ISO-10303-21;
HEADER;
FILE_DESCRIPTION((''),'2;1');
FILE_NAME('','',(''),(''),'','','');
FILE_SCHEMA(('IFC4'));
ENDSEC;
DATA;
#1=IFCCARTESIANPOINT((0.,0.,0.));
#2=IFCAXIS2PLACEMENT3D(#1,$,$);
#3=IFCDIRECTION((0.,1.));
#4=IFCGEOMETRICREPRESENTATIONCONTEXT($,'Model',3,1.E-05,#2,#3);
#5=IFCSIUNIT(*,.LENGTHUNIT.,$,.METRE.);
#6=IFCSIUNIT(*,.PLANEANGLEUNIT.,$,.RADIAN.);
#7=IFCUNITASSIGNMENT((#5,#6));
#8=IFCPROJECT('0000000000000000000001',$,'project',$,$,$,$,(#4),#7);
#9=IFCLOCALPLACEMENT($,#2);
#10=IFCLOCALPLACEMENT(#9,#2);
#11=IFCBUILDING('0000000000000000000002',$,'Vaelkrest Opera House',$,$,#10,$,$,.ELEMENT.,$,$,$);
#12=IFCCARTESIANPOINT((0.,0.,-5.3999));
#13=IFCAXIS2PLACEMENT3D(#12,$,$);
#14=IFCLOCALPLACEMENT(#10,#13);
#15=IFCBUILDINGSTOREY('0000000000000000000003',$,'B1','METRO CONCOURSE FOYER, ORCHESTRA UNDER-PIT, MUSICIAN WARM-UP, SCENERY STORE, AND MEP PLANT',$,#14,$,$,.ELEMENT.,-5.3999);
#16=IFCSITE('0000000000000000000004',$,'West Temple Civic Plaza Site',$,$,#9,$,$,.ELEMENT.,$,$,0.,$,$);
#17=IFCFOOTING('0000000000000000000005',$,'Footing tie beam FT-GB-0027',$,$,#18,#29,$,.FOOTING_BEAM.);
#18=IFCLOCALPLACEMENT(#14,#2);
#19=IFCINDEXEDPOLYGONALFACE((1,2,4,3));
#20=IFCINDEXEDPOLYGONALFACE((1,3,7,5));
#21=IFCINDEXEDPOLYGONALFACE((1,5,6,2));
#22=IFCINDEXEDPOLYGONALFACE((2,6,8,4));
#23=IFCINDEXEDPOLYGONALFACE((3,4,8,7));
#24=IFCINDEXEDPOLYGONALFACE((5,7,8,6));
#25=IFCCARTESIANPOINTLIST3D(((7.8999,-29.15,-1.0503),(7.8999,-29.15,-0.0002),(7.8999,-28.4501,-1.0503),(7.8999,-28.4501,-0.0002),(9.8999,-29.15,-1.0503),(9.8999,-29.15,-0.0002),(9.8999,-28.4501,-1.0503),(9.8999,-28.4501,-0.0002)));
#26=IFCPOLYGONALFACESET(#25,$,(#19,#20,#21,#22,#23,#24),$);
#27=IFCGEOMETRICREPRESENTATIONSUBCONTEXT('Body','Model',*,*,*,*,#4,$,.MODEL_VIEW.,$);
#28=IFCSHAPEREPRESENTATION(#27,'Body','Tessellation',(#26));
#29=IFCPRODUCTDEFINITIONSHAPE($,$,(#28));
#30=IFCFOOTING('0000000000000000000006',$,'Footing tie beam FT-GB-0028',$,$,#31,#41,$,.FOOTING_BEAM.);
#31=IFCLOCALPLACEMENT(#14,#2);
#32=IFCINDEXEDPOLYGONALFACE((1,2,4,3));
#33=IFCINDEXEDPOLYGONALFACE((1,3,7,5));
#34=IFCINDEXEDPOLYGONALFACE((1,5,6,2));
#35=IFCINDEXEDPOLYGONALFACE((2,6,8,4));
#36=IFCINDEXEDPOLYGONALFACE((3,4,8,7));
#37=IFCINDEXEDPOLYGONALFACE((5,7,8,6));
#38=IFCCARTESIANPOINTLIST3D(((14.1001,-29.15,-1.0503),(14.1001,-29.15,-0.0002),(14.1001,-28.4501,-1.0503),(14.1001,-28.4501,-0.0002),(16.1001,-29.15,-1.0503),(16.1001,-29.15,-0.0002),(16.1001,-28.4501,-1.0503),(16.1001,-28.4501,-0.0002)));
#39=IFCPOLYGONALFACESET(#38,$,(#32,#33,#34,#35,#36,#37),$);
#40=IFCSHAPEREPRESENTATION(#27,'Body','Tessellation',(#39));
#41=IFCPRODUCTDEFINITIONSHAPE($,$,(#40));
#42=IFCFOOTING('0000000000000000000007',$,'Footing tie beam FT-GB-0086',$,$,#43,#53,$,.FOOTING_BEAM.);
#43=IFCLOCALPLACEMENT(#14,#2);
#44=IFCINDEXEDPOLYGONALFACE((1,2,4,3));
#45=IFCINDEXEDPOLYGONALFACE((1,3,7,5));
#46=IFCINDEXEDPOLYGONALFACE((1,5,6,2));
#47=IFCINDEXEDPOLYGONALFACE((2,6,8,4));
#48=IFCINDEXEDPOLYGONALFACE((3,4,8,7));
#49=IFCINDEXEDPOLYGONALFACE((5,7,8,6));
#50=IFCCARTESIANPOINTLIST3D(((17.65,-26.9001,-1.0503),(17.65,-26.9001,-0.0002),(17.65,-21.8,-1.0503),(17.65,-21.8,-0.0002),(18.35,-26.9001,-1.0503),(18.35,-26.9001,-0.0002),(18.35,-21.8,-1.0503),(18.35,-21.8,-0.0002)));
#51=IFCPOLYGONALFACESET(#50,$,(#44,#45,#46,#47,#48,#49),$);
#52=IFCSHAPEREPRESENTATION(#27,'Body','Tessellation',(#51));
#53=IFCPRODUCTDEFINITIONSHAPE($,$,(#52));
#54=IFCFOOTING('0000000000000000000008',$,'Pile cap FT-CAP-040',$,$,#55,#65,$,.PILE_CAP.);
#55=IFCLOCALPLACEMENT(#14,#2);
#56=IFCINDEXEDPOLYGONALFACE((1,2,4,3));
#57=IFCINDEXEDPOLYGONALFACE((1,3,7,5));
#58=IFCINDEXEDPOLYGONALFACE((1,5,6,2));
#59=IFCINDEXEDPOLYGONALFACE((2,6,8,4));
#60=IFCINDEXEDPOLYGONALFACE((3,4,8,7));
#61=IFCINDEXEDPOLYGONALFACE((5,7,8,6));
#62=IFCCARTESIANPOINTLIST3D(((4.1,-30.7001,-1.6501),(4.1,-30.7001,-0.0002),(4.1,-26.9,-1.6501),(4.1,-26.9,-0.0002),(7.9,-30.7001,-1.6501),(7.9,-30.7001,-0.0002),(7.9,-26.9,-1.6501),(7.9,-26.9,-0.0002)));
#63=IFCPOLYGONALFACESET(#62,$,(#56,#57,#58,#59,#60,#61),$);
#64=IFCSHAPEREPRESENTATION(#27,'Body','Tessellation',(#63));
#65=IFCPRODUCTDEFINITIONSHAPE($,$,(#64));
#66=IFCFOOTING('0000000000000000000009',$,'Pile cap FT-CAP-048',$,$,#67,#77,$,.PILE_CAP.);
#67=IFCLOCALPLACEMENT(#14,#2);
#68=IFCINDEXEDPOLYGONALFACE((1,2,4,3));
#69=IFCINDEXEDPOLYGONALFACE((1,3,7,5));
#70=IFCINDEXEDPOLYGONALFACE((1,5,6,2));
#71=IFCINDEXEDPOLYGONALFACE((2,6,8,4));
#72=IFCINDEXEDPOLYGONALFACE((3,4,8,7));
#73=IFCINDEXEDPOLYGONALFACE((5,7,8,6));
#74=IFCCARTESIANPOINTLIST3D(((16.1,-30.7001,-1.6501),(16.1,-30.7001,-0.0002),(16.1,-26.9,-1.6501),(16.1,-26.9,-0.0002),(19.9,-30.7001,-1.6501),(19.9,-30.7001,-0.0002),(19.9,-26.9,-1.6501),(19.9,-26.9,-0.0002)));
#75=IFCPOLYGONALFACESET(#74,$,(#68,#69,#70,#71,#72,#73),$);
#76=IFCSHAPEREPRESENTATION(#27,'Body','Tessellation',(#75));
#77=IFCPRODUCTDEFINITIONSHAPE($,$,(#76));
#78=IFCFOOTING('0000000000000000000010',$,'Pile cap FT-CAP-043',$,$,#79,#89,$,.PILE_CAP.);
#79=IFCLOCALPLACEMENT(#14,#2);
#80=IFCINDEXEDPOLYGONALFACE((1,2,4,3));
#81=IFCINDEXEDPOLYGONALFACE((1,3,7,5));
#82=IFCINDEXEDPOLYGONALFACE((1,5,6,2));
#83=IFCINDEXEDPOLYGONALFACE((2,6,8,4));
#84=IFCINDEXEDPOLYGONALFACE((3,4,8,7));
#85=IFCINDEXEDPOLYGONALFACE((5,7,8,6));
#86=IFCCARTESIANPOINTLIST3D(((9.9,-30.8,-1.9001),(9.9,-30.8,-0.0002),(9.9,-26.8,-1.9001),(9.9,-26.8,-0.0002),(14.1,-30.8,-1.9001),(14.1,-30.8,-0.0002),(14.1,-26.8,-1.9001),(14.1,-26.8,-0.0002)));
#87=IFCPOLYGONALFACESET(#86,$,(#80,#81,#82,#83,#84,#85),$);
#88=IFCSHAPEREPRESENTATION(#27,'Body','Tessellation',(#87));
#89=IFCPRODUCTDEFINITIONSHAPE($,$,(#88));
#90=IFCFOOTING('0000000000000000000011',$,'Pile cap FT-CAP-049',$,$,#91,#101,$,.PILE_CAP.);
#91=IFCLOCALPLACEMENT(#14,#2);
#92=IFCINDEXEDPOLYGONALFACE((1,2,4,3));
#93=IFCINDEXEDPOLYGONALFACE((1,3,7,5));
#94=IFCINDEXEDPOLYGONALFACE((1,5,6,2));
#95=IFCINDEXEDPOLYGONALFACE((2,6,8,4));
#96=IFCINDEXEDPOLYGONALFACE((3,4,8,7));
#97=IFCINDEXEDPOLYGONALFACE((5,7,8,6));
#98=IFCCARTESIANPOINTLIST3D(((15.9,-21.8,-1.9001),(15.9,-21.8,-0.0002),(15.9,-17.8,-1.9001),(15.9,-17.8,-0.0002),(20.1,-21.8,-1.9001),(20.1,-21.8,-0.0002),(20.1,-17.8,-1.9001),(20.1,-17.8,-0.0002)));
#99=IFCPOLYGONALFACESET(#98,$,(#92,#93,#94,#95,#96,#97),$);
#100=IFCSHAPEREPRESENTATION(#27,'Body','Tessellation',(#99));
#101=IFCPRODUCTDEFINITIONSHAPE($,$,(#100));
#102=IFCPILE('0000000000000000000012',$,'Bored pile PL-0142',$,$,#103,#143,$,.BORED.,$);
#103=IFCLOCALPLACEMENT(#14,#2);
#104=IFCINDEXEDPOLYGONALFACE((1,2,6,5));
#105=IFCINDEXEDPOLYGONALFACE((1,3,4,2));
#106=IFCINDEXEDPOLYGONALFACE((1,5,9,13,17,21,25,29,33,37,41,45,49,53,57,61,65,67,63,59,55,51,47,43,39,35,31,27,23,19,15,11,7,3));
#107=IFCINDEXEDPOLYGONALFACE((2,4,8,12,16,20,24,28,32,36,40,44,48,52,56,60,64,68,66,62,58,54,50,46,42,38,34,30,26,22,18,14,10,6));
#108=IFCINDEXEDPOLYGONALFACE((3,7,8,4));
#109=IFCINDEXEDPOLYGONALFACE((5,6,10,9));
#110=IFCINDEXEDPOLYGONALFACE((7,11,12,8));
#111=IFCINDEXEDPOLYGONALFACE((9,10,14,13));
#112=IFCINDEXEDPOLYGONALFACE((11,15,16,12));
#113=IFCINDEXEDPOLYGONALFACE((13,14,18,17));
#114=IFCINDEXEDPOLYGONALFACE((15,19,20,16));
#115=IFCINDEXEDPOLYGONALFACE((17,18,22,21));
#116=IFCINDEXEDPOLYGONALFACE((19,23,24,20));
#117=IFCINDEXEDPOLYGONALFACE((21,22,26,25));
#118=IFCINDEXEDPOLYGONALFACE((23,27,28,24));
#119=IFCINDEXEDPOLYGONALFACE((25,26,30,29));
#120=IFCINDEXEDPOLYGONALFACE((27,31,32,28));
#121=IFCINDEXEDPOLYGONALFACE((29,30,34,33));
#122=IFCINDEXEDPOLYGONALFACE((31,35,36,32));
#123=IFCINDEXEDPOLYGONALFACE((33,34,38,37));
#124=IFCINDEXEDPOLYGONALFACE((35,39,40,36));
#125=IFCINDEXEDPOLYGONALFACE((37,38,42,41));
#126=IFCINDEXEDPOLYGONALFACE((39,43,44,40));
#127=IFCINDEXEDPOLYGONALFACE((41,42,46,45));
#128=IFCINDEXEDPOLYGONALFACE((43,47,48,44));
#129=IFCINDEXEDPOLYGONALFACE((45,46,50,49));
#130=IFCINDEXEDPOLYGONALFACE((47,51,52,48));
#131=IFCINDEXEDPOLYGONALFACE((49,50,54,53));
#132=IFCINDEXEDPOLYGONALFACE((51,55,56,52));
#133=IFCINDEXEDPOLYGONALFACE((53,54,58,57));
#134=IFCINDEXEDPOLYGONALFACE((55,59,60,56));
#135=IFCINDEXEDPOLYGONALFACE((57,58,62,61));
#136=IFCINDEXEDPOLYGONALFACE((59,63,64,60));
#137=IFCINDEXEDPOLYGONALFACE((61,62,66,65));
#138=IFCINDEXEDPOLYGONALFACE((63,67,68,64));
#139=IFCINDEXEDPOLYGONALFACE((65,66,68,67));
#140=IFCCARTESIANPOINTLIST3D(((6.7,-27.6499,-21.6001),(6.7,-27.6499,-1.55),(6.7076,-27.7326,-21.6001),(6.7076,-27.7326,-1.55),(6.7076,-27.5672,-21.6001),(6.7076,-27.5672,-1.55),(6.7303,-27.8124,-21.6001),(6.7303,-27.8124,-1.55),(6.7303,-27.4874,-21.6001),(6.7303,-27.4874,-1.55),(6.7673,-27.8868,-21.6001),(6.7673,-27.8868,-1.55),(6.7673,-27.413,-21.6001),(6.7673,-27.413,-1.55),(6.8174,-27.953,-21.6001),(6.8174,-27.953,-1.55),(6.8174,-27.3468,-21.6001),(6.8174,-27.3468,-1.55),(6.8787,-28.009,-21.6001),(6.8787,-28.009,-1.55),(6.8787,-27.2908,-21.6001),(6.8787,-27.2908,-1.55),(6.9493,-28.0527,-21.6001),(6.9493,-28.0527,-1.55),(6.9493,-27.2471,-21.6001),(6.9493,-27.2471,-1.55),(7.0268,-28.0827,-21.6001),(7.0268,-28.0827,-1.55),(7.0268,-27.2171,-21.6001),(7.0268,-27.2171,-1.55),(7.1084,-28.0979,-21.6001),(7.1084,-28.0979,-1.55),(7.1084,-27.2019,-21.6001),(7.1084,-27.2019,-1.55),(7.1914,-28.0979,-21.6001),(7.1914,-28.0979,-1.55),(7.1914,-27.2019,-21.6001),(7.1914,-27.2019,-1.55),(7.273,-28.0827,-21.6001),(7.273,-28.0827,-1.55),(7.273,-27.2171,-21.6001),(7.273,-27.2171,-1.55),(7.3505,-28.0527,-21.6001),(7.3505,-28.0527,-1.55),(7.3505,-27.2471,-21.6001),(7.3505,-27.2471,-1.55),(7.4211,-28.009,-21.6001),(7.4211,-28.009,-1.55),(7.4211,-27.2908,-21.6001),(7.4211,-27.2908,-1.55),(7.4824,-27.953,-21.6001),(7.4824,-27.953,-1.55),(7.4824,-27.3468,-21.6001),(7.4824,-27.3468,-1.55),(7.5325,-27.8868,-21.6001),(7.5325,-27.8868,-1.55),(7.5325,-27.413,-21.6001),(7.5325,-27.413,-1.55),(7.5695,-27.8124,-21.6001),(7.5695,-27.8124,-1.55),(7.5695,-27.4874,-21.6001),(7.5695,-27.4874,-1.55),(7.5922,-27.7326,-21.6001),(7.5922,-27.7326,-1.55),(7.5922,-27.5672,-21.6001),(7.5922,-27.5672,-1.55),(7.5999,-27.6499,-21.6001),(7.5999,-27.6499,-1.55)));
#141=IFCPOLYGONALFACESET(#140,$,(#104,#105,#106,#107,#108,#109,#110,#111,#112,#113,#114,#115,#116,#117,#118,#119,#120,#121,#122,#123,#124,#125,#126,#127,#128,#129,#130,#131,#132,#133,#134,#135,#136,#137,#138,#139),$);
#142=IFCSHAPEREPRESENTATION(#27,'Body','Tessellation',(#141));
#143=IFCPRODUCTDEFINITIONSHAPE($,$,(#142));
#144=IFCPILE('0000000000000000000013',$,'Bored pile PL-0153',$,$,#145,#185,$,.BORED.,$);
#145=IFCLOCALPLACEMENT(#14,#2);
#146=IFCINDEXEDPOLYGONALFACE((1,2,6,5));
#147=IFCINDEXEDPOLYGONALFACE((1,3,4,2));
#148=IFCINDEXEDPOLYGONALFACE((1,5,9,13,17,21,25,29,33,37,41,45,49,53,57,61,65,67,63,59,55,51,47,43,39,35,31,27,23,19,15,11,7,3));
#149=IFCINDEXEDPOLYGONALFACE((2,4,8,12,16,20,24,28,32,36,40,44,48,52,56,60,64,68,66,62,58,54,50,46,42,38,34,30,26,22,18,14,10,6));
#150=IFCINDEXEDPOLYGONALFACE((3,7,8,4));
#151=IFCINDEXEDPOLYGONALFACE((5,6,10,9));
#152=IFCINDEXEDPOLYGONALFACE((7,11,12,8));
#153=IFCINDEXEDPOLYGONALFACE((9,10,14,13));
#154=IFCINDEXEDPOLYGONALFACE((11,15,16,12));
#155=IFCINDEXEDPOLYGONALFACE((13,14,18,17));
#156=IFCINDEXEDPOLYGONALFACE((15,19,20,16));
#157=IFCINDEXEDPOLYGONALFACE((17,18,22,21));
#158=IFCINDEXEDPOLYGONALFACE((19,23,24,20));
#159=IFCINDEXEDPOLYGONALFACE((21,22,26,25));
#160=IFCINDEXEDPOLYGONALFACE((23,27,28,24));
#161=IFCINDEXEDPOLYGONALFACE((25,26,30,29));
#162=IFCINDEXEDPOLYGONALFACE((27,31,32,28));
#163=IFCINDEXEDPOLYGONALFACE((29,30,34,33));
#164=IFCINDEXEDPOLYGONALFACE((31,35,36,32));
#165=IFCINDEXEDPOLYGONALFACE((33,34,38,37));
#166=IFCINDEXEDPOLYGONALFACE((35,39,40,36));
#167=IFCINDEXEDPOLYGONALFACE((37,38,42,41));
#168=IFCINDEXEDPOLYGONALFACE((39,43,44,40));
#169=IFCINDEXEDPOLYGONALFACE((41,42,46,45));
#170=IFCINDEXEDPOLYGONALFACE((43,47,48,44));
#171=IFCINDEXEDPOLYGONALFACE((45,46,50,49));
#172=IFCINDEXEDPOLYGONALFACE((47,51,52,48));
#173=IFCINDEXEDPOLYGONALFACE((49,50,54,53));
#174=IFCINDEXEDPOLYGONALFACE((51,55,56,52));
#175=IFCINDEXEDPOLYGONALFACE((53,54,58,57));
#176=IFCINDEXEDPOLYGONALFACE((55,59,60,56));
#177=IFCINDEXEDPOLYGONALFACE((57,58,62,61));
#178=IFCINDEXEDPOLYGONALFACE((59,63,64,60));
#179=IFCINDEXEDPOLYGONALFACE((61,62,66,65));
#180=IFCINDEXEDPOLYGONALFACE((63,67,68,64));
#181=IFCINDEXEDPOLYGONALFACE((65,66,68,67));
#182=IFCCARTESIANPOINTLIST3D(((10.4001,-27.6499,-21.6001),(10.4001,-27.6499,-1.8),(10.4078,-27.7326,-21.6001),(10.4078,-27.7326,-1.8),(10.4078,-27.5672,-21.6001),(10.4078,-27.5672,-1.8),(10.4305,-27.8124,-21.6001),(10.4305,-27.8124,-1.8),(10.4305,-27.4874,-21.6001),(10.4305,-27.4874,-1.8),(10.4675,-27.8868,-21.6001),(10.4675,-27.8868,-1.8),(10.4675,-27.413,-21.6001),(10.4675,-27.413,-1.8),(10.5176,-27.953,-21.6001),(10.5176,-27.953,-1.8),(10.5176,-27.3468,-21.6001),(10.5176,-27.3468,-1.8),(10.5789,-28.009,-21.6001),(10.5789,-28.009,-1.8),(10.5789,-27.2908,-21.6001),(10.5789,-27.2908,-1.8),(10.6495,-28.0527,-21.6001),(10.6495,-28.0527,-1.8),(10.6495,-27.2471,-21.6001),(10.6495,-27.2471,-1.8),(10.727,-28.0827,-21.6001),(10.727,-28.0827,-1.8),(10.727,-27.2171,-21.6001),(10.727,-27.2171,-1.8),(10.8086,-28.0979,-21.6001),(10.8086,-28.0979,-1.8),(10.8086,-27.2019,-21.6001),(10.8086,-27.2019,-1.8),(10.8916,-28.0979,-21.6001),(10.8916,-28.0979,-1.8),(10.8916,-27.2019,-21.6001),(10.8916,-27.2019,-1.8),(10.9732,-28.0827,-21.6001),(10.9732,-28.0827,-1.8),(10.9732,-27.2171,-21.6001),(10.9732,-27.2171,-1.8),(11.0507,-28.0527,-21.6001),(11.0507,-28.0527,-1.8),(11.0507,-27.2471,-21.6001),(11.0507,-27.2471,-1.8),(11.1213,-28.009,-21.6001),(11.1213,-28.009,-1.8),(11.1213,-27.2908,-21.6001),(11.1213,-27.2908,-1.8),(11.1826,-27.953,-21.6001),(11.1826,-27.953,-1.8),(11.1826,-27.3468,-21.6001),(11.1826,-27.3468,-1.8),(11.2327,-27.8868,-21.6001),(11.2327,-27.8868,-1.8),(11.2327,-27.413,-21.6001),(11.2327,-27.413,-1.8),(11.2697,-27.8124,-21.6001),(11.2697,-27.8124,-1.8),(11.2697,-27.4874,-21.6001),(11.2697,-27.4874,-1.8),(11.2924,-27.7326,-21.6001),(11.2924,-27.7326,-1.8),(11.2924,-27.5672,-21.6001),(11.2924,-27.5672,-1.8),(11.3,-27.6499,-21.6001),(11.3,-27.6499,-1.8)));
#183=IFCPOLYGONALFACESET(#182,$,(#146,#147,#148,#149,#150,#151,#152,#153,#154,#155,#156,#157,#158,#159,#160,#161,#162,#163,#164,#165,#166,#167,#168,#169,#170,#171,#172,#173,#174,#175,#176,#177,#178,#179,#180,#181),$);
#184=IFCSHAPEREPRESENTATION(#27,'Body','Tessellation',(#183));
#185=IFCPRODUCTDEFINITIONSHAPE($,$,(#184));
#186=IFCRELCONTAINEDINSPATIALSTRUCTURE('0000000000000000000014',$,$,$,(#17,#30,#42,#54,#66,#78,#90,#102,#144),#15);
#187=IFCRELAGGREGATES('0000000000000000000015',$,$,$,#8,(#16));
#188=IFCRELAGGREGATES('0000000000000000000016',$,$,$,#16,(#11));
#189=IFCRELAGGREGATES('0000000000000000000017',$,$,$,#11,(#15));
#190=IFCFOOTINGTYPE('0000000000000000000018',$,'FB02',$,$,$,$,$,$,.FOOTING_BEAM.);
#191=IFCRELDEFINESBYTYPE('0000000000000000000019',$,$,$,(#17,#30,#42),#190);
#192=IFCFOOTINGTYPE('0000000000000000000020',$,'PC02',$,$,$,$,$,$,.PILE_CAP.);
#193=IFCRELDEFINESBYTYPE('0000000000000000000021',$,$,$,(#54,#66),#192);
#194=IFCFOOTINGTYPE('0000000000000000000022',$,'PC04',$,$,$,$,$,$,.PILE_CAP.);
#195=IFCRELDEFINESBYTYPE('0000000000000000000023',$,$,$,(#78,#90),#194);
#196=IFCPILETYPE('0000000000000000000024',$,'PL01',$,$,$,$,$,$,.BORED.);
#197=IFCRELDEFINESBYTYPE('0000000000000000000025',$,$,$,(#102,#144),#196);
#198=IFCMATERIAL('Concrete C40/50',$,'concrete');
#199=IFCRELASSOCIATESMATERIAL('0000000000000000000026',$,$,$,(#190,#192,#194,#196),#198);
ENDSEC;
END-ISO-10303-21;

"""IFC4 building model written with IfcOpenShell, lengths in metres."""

from ifc_helpers import new_model, si_unit, direction, frame, origin, origin_2d, place, context, subcontext, project, spatial, rectangle, circle, extrude, material, material_profile, profile_set, type_object, element, save


model = new_model("IFC4")

# Units and contexts
model_context = context("Model", 3, precision=1e-05, world=origin(), true_north=direction((0.0, 1.0)))
body_context = subcontext(model_context, "Body", "Model", "MODEL_VIEW")
ifc_project = project(units=[si_unit("LENGTHUNIT", "METRE"), si_unit("PLANEANGLEUNIT", "RADIAN")], contexts=[model_context])

# Site, building, storey
site_placement = place(None, origin())
site = spatial("IfcSite", under=ifc_project, at=site_placement, Name="West Temple Civic Plaza Site", CompositionType="ELEMENT", RefElevation=0.0)
building_placement = place(site_placement, origin())
building = spatial("IfcBuilding", under=site, at=building_placement, Name="Vaelkrest Opera House", CompositionType="ELEMENT")
storey_placement = place(building_placement, frame((0.0, 0.0, -5.3999)))
storey = spatial("IfcBuildingStorey", under=building, at=storey_placement, Name="B1", Description="METRO CONCOURSE FOYER, ORCHESTRA UNDER-PIT, MUSICIAN WARM-UP, SCENERY STORE, AND MEP PLANT", CompositionType="ELEMENT", Elevation=-5.3999)

# Footings
ifc_material_1 = material(Name="Concrete C40/50", Category="concrete")
footing_type_1 = type_object("IfcFootingType", Name="FB02", PredefinedType="FOOTING_BEAM", material=ifc_material_1)
for number, where, z_axis, x_axis, name in (
    (1, (8.8999, -28.8, -1.0503), (0.0, 0.0, 1.0), (1.0, 0.0, 0.0), "Footing tie beam FT-GB-0027"),
    (2, (15.1001, -28.8, -1.0503), (0.0, 0.0, 1.0), (1.0, 0.0, 0.0), "Footing tie beam FT-GB-0028"),
):
    element("IfcFooting", number, at=place(storey_placement, frame(where, z_axis=z_axis, x_axis=x_axis)), inside=storey, type_object=footing_type_1, Name=name, PredefinedType="FOOTING_BEAM", context=body_context, shape_type="SweptSolid", body=[
        extrude(rectangle(XDim=2.0, YDim=0.7, at=origin_2d()), origin(), (0.0, 0.0, 1.0), 1.05),
    ])
footing_placement = place(storey_placement, frame((18.0, -24.3501, -1.0503), z_axis=(0.0, 0.0, 1.0), x_axis=(0.0, 1.0, 0.0)))
element("IfcFooting", 3, at=footing_placement, inside=storey, type_object=footing_type_1, Name="Footing tie beam FT-GB-0086", PredefinedType="FOOTING_BEAM", context=body_context, shape_type="SweptSolid", body=[
    extrude(rectangle(XDim=5.1001, YDim=0.7, at=origin_2d()), origin(), (0.0, 0.0, 1.0), 1.05),
])
footing_type_2 = type_object("IfcFootingType", Name="PC02", PredefinedType="PILE_CAP", material=ifc_material_1)
for number, where, z_axis, x_axis, name in (
    (4, (6.0, -28.8, -1.6501), (0.0, 0.0, 1.0), (1.0, 0.0, 0.0), "Pile cap FT-CAP-040"),
    (5, (18.0, -28.8, -1.6501), (0.0, 0.0, 1.0), (1.0, 0.0, 0.0), "Pile cap FT-CAP-048"),
):
    element("IfcFooting", number, at=place(storey_placement, frame(where, z_axis=z_axis, x_axis=x_axis)), inside=storey, type_object=footing_type_2, Name=name, PredefinedType="PILE_CAP", context=body_context, shape_type="SweptSolid", body=[
        extrude(rectangle(XDim=3.8, YDim=3.8, at=origin_2d()), origin(), (0.0, 0.0, 1.0), 1.6499),
    ])
footing_type_3 = type_object("IfcFootingType", Name="PC04", PredefinedType="PILE_CAP", material=ifc_material_1)
for number, where, z_axis, x_axis, name in (
    (6, (12.0, -28.8, -1.9001), (0.0, 0.0, 1.0), (1.0, 0.0, 0.0), "Pile cap FT-CAP-043"),
    (7, (18.0, -19.8, -1.9001), (0.0, 0.0, 1.0), (1.0, 0.0, 0.0), "Pile cap FT-CAP-049"),
):
    element("IfcFooting", number, at=place(storey_placement, frame(where, z_axis=z_axis, x_axis=x_axis)), inside=storey, type_object=footing_type_3, Name=name, PredefinedType="PILE_CAP", context=body_context, shape_type="SweptSolid", body=[
        extrude(rectangle(XDim=4.2, YDim=4.0, at=origin_2d()), origin(), (0.0, 0.0, 1.0), 1.8999),
    ])

# Piles
ifc_material_profile_1 = material_profile(ifc_material_1, circle(Radius=0.45, at=origin_2d()), Name="PILE900")
ifc_profile_set_1 = profile_set([ifc_material_profile_1], Name="Concrete C40/50")
pile_type = type_object("IfcPileType", Name="PL01", PredefinedType="BORED", material=ifc_profile_set_1)
pile_1_placement = place(storey_placement, frame((7.1499, -27.6499, -1.55), z_axis=(0.0, 0.0, -1.0), x_axis=(1.0, 0.0, 0.0)))
element("IfcPile", 8, at=pile_1_placement, inside=storey, type_object=pile_type, Name="Bored pile PL-0142", PredefinedType="BORED", context=body_context, shape_type="SweptSolid", body=[
    extrude(circle(Radius=0.45, at=origin_2d()), origin(), (0.0, 0.0, 1.0), 20.05),
])
for number, where, z_axis, x_axis, name in (
    (9, (10.8501, -27.6499, -1.8), (0.0, 0.0, -1.0), (1.0, 0.0, 0.0), "Bored pile PL-0153"),
):
    element("IfcPile", number, at=place(storey_placement, frame(where, z_axis=z_axis, x_axis=x_axis)), inside=storey, type_object=pile_type, Name=name, PredefinedType="BORED", context=body_context, shape_type="SweptSolid", body=[
        extrude(circle(Radius=0.45, at=origin_2d()), origin(), (0.0, 0.0, 1.0), 19.8),
    ])

save(model, "model.ifc")
